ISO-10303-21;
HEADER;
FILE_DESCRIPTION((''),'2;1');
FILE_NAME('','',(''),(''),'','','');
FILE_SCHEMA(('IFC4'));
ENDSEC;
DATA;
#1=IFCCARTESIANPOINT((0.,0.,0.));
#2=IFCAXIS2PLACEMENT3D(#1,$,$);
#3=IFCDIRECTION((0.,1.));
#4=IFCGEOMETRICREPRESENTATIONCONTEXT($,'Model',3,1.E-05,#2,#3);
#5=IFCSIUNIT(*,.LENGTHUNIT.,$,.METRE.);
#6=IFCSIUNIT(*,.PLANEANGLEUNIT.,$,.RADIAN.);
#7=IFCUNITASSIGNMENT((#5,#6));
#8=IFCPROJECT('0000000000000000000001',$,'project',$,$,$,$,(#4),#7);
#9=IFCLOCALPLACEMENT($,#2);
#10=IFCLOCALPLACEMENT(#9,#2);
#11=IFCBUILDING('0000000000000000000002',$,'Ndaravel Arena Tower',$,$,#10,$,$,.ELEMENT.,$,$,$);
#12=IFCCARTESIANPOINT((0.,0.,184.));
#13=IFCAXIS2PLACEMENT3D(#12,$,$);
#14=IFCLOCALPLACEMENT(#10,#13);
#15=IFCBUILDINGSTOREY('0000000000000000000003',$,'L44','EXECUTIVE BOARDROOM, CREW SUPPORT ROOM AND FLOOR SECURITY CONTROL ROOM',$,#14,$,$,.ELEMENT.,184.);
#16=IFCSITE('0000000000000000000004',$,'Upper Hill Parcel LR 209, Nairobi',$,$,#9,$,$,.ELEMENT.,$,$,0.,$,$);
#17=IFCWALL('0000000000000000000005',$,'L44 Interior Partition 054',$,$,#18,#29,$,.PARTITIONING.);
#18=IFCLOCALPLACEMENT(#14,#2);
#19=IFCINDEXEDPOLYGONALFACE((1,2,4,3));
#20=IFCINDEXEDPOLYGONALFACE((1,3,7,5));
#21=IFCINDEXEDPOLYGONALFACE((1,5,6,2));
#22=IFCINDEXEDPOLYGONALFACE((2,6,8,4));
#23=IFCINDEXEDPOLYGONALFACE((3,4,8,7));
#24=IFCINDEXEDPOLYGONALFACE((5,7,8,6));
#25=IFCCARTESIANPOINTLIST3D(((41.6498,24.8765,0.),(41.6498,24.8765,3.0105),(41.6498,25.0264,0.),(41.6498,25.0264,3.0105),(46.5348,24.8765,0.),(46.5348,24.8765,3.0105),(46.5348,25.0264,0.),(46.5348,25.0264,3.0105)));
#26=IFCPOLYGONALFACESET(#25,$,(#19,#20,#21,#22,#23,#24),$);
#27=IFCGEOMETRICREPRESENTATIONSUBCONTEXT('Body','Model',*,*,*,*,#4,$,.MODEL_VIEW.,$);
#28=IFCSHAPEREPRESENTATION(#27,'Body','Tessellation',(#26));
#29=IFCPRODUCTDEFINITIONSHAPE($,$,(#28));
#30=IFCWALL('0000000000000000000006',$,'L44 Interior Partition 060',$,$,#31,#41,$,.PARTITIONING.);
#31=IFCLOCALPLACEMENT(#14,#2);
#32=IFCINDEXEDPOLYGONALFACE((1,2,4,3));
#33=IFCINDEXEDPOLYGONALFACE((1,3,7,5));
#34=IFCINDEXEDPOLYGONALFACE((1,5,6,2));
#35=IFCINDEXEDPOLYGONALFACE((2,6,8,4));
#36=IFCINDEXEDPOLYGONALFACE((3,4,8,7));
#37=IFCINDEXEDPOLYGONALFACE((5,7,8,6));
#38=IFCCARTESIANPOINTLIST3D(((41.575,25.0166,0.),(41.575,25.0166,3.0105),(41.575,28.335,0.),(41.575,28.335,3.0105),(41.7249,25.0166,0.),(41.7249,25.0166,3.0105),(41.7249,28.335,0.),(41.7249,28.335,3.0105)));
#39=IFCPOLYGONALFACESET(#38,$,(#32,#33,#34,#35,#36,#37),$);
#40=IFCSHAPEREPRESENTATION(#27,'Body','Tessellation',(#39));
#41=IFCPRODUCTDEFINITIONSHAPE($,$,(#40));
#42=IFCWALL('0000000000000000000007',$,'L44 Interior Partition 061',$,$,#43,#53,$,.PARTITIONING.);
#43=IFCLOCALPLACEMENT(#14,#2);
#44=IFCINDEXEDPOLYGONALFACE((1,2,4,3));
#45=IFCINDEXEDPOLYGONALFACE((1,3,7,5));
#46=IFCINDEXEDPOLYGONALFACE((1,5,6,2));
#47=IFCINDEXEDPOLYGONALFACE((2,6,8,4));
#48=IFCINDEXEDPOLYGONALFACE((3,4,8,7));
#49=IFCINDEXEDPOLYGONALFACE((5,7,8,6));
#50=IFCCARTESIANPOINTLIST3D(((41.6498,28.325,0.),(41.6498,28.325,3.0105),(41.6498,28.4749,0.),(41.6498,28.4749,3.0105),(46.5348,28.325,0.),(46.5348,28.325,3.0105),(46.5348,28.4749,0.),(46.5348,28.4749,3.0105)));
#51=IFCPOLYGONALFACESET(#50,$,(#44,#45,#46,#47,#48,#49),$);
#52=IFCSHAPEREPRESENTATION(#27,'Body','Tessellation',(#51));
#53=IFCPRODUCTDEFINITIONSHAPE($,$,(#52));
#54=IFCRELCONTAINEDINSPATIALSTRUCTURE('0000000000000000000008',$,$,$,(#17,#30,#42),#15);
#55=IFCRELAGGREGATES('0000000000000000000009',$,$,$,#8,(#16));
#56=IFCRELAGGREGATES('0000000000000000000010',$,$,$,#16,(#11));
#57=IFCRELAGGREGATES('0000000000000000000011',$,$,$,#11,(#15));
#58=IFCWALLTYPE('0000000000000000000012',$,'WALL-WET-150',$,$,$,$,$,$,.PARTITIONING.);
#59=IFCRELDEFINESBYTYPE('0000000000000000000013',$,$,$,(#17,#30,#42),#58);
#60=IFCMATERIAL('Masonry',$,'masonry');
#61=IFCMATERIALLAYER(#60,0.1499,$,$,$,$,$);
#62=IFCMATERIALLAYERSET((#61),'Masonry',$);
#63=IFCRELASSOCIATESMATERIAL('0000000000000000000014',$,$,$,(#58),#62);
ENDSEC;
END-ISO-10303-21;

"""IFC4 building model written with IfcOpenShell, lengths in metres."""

from ifc_helpers import new_model, si_unit, direction, frame, frame_2d, origin, place, context, subcontext, project, spatial, rectangle, extrude, material, layer, layer_set, type_object, element, save


model = new_model("IFC4")

# Units and contexts
model_context = context("Model", 3, precision=1e-05, world=origin(), true_north=direction((0.0, 1.0)))
body_context = subcontext(model_context, "Body", "Model", "MODEL_VIEW")
ifc_project = project(units=[si_unit("LENGTHUNIT", "METRE"), si_unit("PLANEANGLEUNIT", "RADIAN")], contexts=[model_context])

# Site, building, storey
site_placement = place(None, origin())
site = spatial("IfcSite", under=ifc_project, at=site_placement, Name="Upper Hill Parcel LR 209, Nairobi", CompositionType="ELEMENT", RefElevation=0.0)
building_placement = place(site_placement, origin())
building = spatial("IfcBuilding", under=site, at=building_placement, Name="Ndaravel Arena Tower", CompositionType="ELEMENT")
storey_placement = place(building_placement, frame((0.0, 0.0, 184.0)))
storey = spatial("IfcBuildingStorey", under=building, at=storey_placement, Name="L44", Description="EXECUTIVE BOARDROOM, CREW SUPPORT ROOM AND FLOOR SECURITY CONTROL ROOM", CompositionType="ELEMENT", Elevation=184.0)

# Shared definitions
ifc_material_1 = material(Name="Masonry", Category="masonry")
ifc_layer_1 = layer(ifc_material_1, 0.1499)
ifc_layer_set_1 = layer_set([ifc_layer_1], Name="Masonry")
wall_type_1 = type_object("IfcWallType", Name="WALL-WET-150", PredefinedType="PARTITIONING", material=ifc_layer_set_1)

# Walls
wall_1_placement = place(storey_placement, frame((41.6499, 24.9514, 0.0), z_axis=(0.0, 0.0, 1.0), x_axis=(1.0, 0.0, 0.0)))
element("IfcWall", 1, at=wall_1_placement, inside=storey, type_object=wall_type_1, Name="L44 Interior Partition 054", PredefinedType="PARTITIONING", context=body_context, shape_type="SweptSolid", body=[
    extrude(rectangle(XDim=4.885, YDim=0.1499, at=frame_2d((2.4424, 0.0))), origin(), (0.0, 0.0, 1.0), 3.0105),
])
wall_2_placement = place(storey_placement, frame((41.6499, 28.335, 0.0), z_axis=(0.0, 0.0, 1.0), x_axis=(0.0, -1.0, 0.0)))
element("IfcWall", 2, at=wall_2_placement, inside=storey, type_object=wall_type_1, Name="L44 Interior Partition 060", PredefinedType="PARTITIONING", context=body_context, shape_type="SweptSolid", body=[
    extrude(rectangle(XDim=3.3184, YDim=0.1499, at=frame_2d((1.6592, 0.0))), origin(), (0.0, 0.0, 1.0), 3.0105),
])
wall_3_placement = place(storey_placement, frame((41.6499, 28.3999, 0.0), z_axis=(0.0, 0.0, 1.0), x_axis=(1.0, 0.0, 0.0)))
element("IfcWall", 3, at=wall_3_placement, inside=storey, type_object=wall_type_1, Name="L44 Interior Partition 061", PredefinedType="PARTITIONING", context=body_context, shape_type="SweptSolid", body=[
    extrude(rectangle(XDim=4.885, YDim=0.1499, at=frame_2d((2.4424, 0.0))), origin(), (0.0, 0.0, 1.0), 3.0105),
])

save(model, "model.ifc")
